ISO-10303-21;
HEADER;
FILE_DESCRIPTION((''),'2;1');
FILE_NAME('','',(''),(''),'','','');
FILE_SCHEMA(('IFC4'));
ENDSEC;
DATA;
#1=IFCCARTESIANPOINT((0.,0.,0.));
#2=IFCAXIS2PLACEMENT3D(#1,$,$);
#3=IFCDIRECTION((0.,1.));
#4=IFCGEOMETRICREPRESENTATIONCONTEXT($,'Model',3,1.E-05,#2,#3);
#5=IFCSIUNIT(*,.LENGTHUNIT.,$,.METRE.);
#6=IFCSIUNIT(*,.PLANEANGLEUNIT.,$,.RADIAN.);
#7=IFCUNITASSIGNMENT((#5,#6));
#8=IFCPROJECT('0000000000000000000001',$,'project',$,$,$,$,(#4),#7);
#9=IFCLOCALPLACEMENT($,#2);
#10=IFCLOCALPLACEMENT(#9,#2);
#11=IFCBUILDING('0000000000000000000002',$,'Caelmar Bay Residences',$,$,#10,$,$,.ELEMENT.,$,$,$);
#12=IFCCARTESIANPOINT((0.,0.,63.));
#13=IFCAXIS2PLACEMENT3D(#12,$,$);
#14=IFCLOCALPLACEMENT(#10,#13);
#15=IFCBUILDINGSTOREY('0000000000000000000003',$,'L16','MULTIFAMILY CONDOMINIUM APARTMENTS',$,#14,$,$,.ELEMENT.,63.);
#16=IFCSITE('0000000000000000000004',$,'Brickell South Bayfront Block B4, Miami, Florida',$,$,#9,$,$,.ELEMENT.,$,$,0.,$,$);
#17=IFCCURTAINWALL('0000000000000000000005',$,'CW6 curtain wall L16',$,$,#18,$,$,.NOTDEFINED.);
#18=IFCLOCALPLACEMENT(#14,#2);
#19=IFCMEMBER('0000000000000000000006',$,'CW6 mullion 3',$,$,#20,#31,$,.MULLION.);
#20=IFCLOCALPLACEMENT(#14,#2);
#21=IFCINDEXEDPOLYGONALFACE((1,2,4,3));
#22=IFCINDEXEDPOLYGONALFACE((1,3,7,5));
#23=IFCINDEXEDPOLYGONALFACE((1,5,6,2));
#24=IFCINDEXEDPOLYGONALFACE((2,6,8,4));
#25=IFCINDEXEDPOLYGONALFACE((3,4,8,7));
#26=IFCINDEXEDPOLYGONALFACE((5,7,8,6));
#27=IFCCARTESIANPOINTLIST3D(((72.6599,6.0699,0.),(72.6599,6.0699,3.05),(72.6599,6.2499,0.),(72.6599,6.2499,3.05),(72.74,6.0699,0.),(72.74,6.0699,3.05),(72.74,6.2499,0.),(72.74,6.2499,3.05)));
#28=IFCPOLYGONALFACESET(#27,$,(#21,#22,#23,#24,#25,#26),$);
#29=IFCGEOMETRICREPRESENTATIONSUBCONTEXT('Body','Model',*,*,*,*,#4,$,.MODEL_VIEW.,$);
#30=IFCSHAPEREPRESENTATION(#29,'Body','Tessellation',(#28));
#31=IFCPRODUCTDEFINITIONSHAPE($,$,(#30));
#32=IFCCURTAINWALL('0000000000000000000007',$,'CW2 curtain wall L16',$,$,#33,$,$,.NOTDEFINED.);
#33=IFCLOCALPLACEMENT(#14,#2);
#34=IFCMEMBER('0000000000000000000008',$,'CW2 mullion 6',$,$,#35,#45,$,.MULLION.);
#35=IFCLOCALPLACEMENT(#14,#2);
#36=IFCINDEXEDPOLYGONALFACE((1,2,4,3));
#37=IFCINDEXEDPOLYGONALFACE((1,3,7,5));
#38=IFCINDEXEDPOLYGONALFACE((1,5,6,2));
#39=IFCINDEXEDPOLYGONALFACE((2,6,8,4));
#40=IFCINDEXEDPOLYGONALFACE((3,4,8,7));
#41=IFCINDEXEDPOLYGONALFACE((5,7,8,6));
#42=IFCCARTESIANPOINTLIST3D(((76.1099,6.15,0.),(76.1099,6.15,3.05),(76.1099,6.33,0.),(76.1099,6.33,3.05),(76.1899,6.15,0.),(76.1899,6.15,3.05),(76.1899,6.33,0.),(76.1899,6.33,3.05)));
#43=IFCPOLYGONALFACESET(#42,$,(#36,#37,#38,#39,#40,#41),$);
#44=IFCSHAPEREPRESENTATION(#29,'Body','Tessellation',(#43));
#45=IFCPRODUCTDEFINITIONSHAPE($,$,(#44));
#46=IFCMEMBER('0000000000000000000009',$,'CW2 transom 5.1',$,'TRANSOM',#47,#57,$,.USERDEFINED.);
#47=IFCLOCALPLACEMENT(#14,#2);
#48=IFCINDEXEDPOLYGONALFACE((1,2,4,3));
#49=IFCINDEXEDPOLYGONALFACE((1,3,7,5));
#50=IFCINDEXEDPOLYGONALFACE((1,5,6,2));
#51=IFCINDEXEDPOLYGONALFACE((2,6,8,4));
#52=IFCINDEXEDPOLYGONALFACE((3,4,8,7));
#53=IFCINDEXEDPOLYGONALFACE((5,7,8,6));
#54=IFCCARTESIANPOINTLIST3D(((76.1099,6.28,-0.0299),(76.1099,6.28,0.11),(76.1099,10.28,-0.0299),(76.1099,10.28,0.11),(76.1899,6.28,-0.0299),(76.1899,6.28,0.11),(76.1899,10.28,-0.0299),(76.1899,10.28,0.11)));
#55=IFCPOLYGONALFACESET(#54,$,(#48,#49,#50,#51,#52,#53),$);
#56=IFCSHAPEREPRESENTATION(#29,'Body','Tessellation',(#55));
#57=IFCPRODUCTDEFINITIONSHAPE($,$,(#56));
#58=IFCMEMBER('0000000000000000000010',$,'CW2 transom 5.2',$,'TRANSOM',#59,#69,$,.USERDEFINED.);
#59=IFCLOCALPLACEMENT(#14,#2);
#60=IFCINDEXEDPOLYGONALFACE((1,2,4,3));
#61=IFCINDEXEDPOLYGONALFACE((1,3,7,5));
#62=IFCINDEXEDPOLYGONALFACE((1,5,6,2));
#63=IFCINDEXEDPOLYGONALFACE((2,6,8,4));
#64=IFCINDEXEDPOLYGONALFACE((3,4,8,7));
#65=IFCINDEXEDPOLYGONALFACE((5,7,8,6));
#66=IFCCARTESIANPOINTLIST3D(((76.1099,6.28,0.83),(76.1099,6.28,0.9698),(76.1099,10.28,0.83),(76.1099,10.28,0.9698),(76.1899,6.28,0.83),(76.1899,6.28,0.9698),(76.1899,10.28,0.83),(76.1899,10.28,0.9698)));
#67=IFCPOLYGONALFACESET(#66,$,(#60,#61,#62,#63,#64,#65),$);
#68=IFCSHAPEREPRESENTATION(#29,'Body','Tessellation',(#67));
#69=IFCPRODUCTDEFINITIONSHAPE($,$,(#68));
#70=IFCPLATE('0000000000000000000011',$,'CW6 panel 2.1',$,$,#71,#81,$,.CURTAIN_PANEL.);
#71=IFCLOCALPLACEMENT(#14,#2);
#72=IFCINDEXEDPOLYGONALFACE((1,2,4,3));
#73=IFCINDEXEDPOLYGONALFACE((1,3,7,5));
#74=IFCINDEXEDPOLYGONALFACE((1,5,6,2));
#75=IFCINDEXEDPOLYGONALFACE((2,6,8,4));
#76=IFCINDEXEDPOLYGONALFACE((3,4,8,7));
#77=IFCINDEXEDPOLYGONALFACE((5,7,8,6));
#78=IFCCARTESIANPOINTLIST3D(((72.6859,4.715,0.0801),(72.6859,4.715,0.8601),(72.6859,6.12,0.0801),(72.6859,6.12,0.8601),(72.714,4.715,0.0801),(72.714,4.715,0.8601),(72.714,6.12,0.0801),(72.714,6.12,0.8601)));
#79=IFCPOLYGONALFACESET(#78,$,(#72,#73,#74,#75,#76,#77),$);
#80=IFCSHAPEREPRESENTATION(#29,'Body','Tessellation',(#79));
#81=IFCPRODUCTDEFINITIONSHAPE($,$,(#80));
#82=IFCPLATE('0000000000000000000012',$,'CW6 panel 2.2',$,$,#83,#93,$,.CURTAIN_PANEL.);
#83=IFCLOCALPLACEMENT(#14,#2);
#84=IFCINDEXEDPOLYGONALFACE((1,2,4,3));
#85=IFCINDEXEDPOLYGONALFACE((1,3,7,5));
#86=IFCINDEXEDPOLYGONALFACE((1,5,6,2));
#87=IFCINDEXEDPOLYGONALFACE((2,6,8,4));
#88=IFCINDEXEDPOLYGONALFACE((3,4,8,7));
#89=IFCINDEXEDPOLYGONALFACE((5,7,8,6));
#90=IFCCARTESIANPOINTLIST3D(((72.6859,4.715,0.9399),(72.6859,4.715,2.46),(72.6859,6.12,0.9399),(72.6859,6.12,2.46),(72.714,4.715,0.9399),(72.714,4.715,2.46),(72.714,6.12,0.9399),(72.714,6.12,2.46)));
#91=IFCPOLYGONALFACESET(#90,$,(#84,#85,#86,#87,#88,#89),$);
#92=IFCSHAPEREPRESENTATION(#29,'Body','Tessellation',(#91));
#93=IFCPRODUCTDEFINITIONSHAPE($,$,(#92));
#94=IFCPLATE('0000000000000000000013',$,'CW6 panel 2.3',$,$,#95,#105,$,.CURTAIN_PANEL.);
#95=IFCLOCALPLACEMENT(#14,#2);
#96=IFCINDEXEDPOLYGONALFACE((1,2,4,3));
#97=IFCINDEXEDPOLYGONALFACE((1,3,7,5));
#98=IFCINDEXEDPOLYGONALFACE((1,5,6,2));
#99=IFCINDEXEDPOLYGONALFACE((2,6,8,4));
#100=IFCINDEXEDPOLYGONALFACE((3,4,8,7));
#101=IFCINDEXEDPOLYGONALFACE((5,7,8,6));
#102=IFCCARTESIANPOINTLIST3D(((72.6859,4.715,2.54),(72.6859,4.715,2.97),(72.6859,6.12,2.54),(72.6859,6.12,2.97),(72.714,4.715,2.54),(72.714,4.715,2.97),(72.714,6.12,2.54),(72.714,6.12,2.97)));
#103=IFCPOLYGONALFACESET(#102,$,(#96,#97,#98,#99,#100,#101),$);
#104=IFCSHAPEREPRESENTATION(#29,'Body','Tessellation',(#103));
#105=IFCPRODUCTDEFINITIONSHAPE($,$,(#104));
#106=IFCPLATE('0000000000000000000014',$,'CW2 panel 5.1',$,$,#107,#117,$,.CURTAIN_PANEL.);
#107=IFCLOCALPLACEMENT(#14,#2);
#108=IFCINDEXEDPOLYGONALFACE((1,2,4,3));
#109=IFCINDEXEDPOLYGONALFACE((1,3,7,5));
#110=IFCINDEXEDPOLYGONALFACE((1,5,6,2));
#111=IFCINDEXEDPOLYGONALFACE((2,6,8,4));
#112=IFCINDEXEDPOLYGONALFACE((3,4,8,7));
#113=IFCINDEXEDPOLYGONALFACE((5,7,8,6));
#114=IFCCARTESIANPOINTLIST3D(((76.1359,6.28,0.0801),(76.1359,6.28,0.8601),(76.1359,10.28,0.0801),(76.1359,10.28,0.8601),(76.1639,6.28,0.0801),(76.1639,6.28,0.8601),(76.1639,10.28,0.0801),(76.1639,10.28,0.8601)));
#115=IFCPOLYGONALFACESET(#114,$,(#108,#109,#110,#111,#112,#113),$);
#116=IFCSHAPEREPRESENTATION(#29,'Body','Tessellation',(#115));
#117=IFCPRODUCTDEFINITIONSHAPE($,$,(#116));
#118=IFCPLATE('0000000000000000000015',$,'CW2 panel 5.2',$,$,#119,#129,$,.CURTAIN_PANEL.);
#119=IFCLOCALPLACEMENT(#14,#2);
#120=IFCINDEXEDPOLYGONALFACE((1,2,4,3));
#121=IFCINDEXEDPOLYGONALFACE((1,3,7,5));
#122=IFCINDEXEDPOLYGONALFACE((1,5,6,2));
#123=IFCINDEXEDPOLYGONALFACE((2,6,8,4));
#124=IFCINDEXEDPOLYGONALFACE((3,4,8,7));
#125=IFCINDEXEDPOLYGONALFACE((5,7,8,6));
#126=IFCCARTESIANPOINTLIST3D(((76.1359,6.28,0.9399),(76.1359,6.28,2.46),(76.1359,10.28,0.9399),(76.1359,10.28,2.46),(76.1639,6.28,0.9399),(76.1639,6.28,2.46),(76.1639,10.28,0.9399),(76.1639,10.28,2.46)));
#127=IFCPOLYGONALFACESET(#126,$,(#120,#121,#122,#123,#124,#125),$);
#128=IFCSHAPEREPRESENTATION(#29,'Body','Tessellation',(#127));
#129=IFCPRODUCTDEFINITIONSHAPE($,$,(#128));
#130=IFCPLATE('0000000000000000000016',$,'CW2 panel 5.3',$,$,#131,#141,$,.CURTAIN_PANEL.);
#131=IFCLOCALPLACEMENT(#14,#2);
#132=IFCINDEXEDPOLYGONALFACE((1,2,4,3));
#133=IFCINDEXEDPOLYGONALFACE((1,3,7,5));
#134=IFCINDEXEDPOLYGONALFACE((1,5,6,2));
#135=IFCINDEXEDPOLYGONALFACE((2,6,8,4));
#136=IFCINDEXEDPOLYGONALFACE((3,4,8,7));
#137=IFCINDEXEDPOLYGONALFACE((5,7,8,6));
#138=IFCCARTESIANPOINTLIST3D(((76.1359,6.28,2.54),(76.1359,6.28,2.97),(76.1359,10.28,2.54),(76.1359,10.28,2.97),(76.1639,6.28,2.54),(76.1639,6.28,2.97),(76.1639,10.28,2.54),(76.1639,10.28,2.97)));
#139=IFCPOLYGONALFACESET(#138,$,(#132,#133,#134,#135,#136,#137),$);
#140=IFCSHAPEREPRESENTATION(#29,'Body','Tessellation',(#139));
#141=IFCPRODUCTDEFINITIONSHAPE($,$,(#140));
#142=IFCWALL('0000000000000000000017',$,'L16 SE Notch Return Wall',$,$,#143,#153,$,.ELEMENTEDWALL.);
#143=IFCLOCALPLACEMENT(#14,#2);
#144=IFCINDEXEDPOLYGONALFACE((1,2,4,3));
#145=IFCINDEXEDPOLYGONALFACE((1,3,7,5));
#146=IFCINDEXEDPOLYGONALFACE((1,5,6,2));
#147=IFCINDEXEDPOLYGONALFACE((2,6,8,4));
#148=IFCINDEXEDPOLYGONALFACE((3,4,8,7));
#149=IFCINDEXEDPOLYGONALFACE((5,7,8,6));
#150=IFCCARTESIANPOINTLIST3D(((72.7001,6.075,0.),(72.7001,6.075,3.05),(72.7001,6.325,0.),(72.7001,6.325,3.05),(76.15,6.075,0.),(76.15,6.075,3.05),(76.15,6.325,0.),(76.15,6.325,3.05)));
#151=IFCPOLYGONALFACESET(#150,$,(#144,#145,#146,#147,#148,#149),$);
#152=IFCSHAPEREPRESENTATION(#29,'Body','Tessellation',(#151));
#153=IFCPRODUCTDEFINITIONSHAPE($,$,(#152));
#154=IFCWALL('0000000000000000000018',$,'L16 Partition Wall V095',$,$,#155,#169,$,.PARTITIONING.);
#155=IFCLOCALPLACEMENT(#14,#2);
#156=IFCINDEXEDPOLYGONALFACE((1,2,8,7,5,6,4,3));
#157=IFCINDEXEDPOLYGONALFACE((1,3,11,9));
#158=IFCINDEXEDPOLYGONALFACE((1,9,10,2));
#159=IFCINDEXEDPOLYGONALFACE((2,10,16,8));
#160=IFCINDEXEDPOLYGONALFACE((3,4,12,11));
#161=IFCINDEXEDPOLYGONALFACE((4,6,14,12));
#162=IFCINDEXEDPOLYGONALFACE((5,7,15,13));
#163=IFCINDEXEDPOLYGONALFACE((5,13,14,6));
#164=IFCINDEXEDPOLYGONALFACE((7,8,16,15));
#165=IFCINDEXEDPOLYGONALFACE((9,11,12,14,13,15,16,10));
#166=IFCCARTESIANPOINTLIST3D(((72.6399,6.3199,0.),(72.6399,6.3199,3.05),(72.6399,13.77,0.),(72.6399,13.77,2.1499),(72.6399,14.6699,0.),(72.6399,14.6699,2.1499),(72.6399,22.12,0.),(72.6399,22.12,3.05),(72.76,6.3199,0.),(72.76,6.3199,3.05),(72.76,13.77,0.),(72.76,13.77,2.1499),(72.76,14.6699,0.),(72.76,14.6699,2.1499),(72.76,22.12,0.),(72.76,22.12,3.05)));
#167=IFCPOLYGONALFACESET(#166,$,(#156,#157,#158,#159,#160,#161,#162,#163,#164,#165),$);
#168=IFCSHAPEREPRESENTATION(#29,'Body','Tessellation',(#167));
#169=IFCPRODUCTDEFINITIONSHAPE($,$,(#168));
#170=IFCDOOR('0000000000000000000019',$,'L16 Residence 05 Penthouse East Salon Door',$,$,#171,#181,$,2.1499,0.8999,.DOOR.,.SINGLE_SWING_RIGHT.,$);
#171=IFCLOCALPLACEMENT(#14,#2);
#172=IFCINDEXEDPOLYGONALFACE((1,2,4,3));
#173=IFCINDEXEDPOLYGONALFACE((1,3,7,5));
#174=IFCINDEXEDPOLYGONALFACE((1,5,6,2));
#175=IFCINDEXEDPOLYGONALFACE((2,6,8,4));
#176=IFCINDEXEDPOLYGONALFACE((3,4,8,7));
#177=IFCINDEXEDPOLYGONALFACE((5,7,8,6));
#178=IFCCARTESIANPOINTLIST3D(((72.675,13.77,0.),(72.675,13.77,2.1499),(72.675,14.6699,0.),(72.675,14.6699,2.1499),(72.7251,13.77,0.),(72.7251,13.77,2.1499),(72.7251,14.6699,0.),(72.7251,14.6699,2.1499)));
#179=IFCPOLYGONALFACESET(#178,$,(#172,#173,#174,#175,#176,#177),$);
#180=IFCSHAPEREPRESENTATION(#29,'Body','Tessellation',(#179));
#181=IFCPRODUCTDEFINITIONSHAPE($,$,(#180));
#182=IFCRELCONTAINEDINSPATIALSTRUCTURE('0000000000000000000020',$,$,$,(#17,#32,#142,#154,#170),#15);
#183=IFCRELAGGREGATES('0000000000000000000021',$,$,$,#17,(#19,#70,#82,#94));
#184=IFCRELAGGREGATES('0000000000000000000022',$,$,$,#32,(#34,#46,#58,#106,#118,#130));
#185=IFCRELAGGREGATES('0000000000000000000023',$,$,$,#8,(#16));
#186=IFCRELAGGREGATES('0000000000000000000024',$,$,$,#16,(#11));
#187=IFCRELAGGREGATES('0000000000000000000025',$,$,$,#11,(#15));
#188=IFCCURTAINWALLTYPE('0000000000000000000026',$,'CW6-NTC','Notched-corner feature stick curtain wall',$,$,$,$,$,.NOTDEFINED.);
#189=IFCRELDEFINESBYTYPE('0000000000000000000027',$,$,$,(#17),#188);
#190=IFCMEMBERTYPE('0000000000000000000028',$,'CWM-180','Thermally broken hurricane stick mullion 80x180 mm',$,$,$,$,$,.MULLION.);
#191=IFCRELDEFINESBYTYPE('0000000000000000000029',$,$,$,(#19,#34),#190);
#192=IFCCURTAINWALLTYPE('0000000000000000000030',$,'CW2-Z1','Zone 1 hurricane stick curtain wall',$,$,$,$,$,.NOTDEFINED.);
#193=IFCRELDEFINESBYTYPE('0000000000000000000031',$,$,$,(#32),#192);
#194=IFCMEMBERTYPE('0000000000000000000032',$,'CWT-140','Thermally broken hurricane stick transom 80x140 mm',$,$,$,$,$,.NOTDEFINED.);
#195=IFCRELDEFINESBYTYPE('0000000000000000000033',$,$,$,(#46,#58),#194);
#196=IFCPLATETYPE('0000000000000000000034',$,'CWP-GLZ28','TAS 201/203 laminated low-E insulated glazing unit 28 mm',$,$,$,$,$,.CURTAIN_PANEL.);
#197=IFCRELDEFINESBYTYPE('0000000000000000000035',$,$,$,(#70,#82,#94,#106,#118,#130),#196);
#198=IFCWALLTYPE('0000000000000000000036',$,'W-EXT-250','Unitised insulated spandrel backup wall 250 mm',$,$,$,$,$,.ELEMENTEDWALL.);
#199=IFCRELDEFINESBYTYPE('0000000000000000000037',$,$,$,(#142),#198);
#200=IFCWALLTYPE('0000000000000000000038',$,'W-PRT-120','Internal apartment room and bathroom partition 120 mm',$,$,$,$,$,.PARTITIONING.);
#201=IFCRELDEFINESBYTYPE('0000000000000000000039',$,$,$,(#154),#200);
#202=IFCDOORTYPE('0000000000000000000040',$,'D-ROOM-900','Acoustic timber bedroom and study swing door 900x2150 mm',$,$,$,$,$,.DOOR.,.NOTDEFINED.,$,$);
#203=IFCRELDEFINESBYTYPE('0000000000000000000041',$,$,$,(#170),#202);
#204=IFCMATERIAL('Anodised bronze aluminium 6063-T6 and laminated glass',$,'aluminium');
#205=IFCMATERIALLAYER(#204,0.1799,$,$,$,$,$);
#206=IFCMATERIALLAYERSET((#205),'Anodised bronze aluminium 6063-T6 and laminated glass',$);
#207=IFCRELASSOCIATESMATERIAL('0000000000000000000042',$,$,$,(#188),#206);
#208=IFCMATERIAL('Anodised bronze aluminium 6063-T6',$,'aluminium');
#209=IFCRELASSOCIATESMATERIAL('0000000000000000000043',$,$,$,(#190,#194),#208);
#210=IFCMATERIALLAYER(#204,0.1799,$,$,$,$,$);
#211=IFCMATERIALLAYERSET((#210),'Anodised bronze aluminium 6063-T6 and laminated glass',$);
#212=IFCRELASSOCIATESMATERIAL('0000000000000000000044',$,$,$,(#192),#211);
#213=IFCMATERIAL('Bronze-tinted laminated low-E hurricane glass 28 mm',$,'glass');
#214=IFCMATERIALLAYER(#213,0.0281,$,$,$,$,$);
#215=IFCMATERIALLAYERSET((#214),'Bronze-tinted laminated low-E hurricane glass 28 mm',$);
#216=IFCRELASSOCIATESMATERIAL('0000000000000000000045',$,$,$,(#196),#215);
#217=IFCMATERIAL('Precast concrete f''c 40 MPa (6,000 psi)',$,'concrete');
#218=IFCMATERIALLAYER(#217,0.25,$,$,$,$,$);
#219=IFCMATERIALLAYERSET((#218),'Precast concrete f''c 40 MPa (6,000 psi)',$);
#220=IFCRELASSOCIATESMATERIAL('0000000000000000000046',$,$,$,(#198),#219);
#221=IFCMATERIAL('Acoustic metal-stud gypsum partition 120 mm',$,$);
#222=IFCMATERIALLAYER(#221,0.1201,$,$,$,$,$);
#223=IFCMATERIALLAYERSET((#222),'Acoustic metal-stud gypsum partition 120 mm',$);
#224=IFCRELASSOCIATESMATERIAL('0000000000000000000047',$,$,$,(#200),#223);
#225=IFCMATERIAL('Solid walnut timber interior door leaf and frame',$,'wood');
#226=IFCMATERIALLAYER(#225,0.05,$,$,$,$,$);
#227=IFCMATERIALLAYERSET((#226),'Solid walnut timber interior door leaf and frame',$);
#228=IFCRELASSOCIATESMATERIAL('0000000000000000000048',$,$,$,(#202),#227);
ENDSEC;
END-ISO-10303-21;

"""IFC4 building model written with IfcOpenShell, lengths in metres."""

from ifc_helpers import new_model, si_unit, direction, frame, frame_2d, origin, origin_2d, place, context, subcontext, project, spatial, rectangle, extrude, material, layer, layer_set, material_profile, profile_set, type_object, element, fill, aggregate, save


model = new_model("IFC4")

# Units and contexts
model_context = context("Model", 3, precision=1e-05, world=origin(), true_north=direction((0.0, 1.0)))
body_context = subcontext(model_context, "Body", "Model", "MODEL_VIEW")
ifc_project = project(units=[si_unit("LENGTHUNIT", "METRE"), si_unit("PLANEANGLEUNIT", "RADIAN")], contexts=[model_context])

# Site, building, storey
site_placement = place(None, origin())
site = spatial("IfcSite", under=ifc_project, at=site_placement, Name="Brickell South Bayfront Block B4, Miami, Florida", CompositionType="ELEMENT", RefElevation=0.0)
building_placement = place(site_placement, origin())
building = spatial("IfcBuilding", under=site, at=building_placement, Name="Caelmar Bay Residences", CompositionType="ELEMENT")
storey_placement = place(building_placement, frame((0.0, 0.0, 63.0)))
storey = spatial("IfcBuildingStorey", under=building, at=storey_placement, Name="L16", Description="MULTIFAMILY CONDOMINIUM APARTMENTS", CompositionType="ELEMENT", Elevation=63.0)

# Curtain wall, member
ifc_material_1 = material(Name="Anodised bronze aluminium 6063-T6 and laminated glass", Category="aluminium")
ifc_layer_1 = layer(ifc_material_1, 0.1799)
ifc_layer_set_1 = layer_set([ifc_layer_1], Name="Anodised bronze aluminium 6063-T6 and laminated glass")
curtain_wall_type_1 = type_object("IfcCurtainWallType", Name="CW6-NTC", Description="Notched-corner feature stick curtain wall", PredefinedType="NOTDEFINED", material=ifc_layer_set_1)
curtain_wall_1_placement = place(storey_placement, origin())
curtain_wall_1 = element("IfcCurtainWall", 1, at=curtain_wall_1_placement, inside=storey, type_object=curtain_wall_type_1, Name="CW6 curtain wall L16", PredefinedType="NOTDEFINED")
ifc_material_2 = material(Name="Anodised bronze aluminium 6063-T6", Category="aluminium")
ifc_material_profile_1 = material_profile(ifc_material_2, rectangle(XDim=0.0801, YDim=0.1799, at=origin_2d()), Name="CWM-80X180")
ifc_profile_set_1 = profile_set([ifc_material_profile_1], Name="Anodised bronze aluminium 6063-T6")
member_type_1 = type_object("IfcMemberType", Name="CWM-180", Description="Thermally broken hurricane stick mullion 80x180 mm", PredefinedType="MULLION", material=ifc_profile_set_1)
member_1_placement = place(storey_placement, frame((72.7, 6.1599, 0.0), z_axis=(0.0, 0.0, 1.0), x_axis=(-1.0, 0.0, 0.0)))
member_1 = element("IfcMember", 2, at=member_1_placement, type_object=member_type_1, Name="CW6 mullion 3", PredefinedType="MULLION", context=body_context, shape_type="SweptSolid", body=[
    extrude(rectangle(XDim=0.0801, YDim=0.1799, at=origin_2d()), origin(), (0.0, 0.0, 1.0), 3.05),
])

# Curtain wall, members
ifc_layer_2 = layer(ifc_material_1, 0.1799)
ifc_layer_set_2 = layer_set([ifc_layer_2], Name="Anodised bronze aluminium 6063-T6 and laminated glass")
curtain_wall_type_2 = type_object("IfcCurtainWallType", Name="CW2-Z1", Description="Zone 1 hurricane stick curtain wall", PredefinedType="NOTDEFINED", material=ifc_layer_set_2)
curtain_wall_2_placement = place(storey_placement, origin())
curtain_wall_2 = element("IfcCurtainWall", 3, at=curtain_wall_2_placement, inside=storey, type_object=curtain_wall_type_2, Name="CW2 curtain wall L16", PredefinedType="NOTDEFINED")
member_2_placement = place(storey_placement, frame((76.1499, 6.24, 0.0), z_axis=(0.0, 0.0, 1.0), x_axis=(1.0, 0.0, 0.0)))
member_2 = element("IfcMember", 4, at=member_2_placement, type_object=member_type_1, Name="CW2 mullion 6", PredefinedType="MULLION", context=body_context, shape_type="SweptSolid", body=[
    extrude(rectangle(XDim=0.0801, YDim=0.1799, at=origin_2d()), origin(), (0.0, 0.0, 1.0), 3.05),
])
ifc_material_profile_2 = material_profile(ifc_material_2, rectangle(XDim=0.0801, YDim=0.1399, at=origin_2d()), Name="CWT-80X140")
ifc_profile_set_2 = profile_set([ifc_material_profile_2], Name="Anodised bronze aluminium 6063-T6")
member_type_2 = type_object("IfcMemberType", Name="CWT-140", Description="Thermally broken hurricane stick transom 80x140 mm", PredefinedType="NOTDEFINED", material=ifc_profile_set_2)
member_3_placement = place(storey_placement, frame((76.1499, 10.28, 0.04), z_axis=(0.0, -1.0, 0.0), x_axis=(1.0, 0.0, 0.0)))
member_3 = element("IfcMember", 5, at=member_3_placement, type_object=member_type_2, Name="CW2 transom 5.1", ObjectType="TRANSOM", PredefinedType="USERDEFINED", context=body_context, shape_type="SweptSolid", body=[
    extrude(rectangle(XDim=0.0801, YDim=0.1399, at=origin_2d()), origin(), (0.0, 0.0, 1.0), 4.0),
])
member_4_placement = place(storey_placement, frame((76.1499, 10.28, 0.8999), z_axis=(0.0, -1.0, 0.0), x_axis=(1.0, 0.0, 0.0)))
member_4 = element("IfcMember", 6, at=member_4_placement, type_object=member_type_2, Name="CW2 transom 5.2", ObjectType="TRANSOM", PredefinedType="USERDEFINED", context=body_context, shape_type="SweptSolid", body=[
    extrude(rectangle(XDim=0.0801, YDim=0.1399, at=origin_2d()), origin(), (0.0, 0.0, 1.0), 4.0),
])

# Plates
ifc_material_3 = material(Name="Bronze-tinted laminated low-E hurricane glass 28 mm", Category="glass")
ifc_layer_3 = layer(ifc_material_3, 0.0281)
ifc_layer_set_3 = layer_set([ifc_layer_3], Name="Bronze-tinted laminated low-E hurricane glass 28 mm")
plate_type = type_object("IfcPlateType", Name="CWP-GLZ28", Description="TAS 201/203 laminated low-E insulated glazing unit 28 mm", PredefinedType="CURTAIN_PANEL", material=ifc_layer_set_3)
plate_1_placement = place(storey_placement, frame((72.7, 5.4175, 0.0801), z_axis=(0.0, 0.0, 1.0), x_axis=(0.0, 1.0, 0.0)))
plate_1 = element("IfcPlate", 7, at=plate_1_placement, type_object=plate_type, Name="CW6 panel 2.1", PredefinedType="CURTAIN_PANEL", context=body_context, shape_type="SweptSolid", body=[
    extrude(rectangle(XDim=1.405, YDim=0.0281, at=origin_2d()), origin(), (0.0, 0.0, 1.0), 0.78),
])
plate_2_placement = place(storey_placement, frame((72.7, 5.4175, 0.9399), z_axis=(0.0, 0.0, 1.0), x_axis=(0.0, 1.0, 0.0)))
plate_2 = element("IfcPlate", 8, at=plate_2_placement, type_object=plate_type, Name="CW6 panel 2.2", PredefinedType="CURTAIN_PANEL", context=body_context, shape_type="SweptSolid", body=[
    extrude(rectangle(XDim=1.405, YDim=0.0281, at=origin_2d()), origin(), (0.0, 0.0, 1.0), 1.52),
])
plate_3_placement = place(storey_placement, frame((72.7, 5.4175, 2.54), z_axis=(0.0, 0.0, 1.0), x_axis=(0.0, 1.0, 0.0)))
plate_3 = element("IfcPlate", 9, at=plate_3_placement, type_object=plate_type, Name="CW6 panel 2.3", PredefinedType="CURTAIN_PANEL", context=body_context, shape_type="SweptSolid", body=[
    extrude(rectangle(XDim=1.405, YDim=0.0281, at=origin_2d()), origin(), (0.0, 0.0, 1.0), 0.4299),
])
aggregate(curtain_wall_1, [member_1, plate_1, plate_2, plate_3])
plate_4_placement = place(storey_placement, frame((76.1499, 8.28, 0.0801), z_axis=(0.0, 0.0, 1.0), x_axis=(0.0, -1.0, 0.0)))
plate_4 = element("IfcPlate", 10, at=plate_4_placement, type_object=plate_type, Name="CW2 panel 5.1", PredefinedType="CURTAIN_PANEL", context=body_context, shape_type="SweptSolid", body=[
    extrude(rectangle(XDim=4.0, YDim=0.0281, at=origin_2d()), origin(), (0.0, 0.0, 1.0), 0.78),
])
plate_5_placement = place(storey_placement, frame((76.1499, 8.28, 0.9399), z_axis=(0.0, 0.0, 1.0), x_axis=(0.0, -1.0, 0.0)))
plate_5 = element("IfcPlate", 11, at=plate_5_placement, type_object=plate_type, Name="CW2 panel 5.2", PredefinedType="CURTAIN_PANEL", context=body_context, shape_type="SweptSolid", body=[
    extrude(rectangle(XDim=4.0, YDim=0.0281, at=origin_2d()), origin(), (0.0, 0.0, 1.0), 1.52),
])
plate_6_placement = place(storey_placement, frame((76.1499, 8.28, 2.54), z_axis=(0.0, 0.0, 1.0), x_axis=(0.0, -1.0, 0.0)))
plate_6 = element("IfcPlate", 12, at=plate_6_placement, type_object=plate_type, Name="CW2 panel 5.3", PredefinedType="CURTAIN_PANEL", context=body_context, shape_type="SweptSolid", body=[
    extrude(rectangle(XDim=4.0, YDim=0.0281, at=origin_2d()), origin(), (0.0, 0.0, 1.0), 0.4299),
])
aggregate(curtain_wall_2, [member_2, member_3, member_4, plate_4, plate_5, plate_6])

# Wall
ifc_material_4 = material(Name="Precast concrete f'c 40 MPa (6,000 psi)", Category="concrete")
ifc_layer_4 = layer(ifc_material_4, 0.25)
ifc_layer_set_4 = layer_set([ifc_layer_4], Name="Precast concrete f'c 40 MPa (6,000 psi)")
wall_type_1 = type_object("IfcWallType", Name="W-EXT-250", Description="Unitised insulated spandrel backup wall 250 mm", PredefinedType="ELEMENTEDWALL", material=ifc_layer_set_4)
wall_1_placement = place(storey_placement, frame((72.7, 6.2, 0.0), z_axis=(0.0, 0.0, 1.0), x_axis=(1.0, 0.0, 0.0)))
element("IfcWall", 13, at=wall_1_placement, inside=storey, type_object=wall_type_1, Name="L16 SE Notch Return Wall", PredefinedType="ELEMENTEDWALL", context=body_context, shape_type="SweptSolid", body=[
    extrude(rectangle(XDim=3.45, YDim=0.25, at=frame_2d((1.7251, 0.0))), origin(), (0.0, 0.0, 1.0), 3.05),
])

# Wall, opening, door
ifc_material_5 = material(Name="Acoustic metal-stud gypsum partition 120 mm")
ifc_layer_5 = layer(ifc_material_5, 0.1201)
ifc_layer_set_5 = layer_set([ifc_layer_5], Name="Acoustic metal-stud gypsum partition 120 mm")
wall_type_2 = type_object("IfcWallType", Name="W-PRT-120", Description="Internal apartment room and bathroom partition 120 mm", PredefinedType="PARTITIONING", material=ifc_layer_set_5)
wall_2_placement = place(storey_placement, frame((72.7, 6.3201, 0.0), z_axis=(0.0, 0.0, 1.0), x_axis=(0.0, 1.0, 0.0)))
wall_2 = element("IfcWall", 14, at=wall_2_placement, inside=storey, type_object=wall_type_2, Name="L16 Partition Wall V095", PredefinedType="PARTITIONING", context=body_context, shape_type="SweptSolid", body=[
    extrude(rectangle(XDim=15.8, YDim=0.1201, at=frame_2d((7.8999, 0.0))), origin(), (0.0, 0.0, 1.0), 3.05),
])
opening_placement = place(wall_2_placement, frame((7.45, 0.0, 0.0)))
opening = element("IfcOpeningElement", 15, at=opening_placement, cuts=wall_2, PredefinedType="OPENING", context=body_context, shape_type="SweptSolid", body=[
    extrude(rectangle(XDim=0.8999, YDim=2.1499, at=frame_2d((0.45, 1.075))), frame((0.0, 0.0701, 0.0), z_axis=(0.0, -1.0, 0.0), x_axis=(1.0, 0.0, 0.0)), (0.0, 0.0, 1.0), 0.1401),
])
ifc_material_6 = material(Name="Solid walnut timber interior door leaf and frame", Category="wood")
ifc_layer_6 = layer(ifc_material_6, 0.05)
ifc_layer_set_6 = layer_set([ifc_layer_6], Name="Solid walnut timber interior door leaf and frame")
door_type = type_object("IfcDoorType", Name="D-ROOM-900", Description="Acoustic timber bedroom and study swing door 900x2150 mm", OperationType="NOTDEFINED", PredefinedType="DOOR", material=ifc_layer_set_6)
door_placement = place(opening_placement, origin())
door = element("IfcDoor", 16, at=door_placement, inside=storey, type_object=door_type, Name="L16 Residence 05 Penthouse East Salon Door", OperationType="SINGLE_SWING_RIGHT", OverallHeight=2.1499, OverallWidth=0.8999, PredefinedType="DOOR", context=body_context, shape_type="SweptSolid", body=[
    extrude(rectangle(XDim=0.8999, YDim=2.1499, at=frame_2d((0.45, 1.075))), frame((0.0, 0.0249, 0.0), z_axis=(0.0, -1.0, 0.0), x_axis=(1.0, 0.0, 0.0)), (0.0, 0.0, 1.0), 0.05),
])
fill(opening, door)

save(model, "model.ifc")
